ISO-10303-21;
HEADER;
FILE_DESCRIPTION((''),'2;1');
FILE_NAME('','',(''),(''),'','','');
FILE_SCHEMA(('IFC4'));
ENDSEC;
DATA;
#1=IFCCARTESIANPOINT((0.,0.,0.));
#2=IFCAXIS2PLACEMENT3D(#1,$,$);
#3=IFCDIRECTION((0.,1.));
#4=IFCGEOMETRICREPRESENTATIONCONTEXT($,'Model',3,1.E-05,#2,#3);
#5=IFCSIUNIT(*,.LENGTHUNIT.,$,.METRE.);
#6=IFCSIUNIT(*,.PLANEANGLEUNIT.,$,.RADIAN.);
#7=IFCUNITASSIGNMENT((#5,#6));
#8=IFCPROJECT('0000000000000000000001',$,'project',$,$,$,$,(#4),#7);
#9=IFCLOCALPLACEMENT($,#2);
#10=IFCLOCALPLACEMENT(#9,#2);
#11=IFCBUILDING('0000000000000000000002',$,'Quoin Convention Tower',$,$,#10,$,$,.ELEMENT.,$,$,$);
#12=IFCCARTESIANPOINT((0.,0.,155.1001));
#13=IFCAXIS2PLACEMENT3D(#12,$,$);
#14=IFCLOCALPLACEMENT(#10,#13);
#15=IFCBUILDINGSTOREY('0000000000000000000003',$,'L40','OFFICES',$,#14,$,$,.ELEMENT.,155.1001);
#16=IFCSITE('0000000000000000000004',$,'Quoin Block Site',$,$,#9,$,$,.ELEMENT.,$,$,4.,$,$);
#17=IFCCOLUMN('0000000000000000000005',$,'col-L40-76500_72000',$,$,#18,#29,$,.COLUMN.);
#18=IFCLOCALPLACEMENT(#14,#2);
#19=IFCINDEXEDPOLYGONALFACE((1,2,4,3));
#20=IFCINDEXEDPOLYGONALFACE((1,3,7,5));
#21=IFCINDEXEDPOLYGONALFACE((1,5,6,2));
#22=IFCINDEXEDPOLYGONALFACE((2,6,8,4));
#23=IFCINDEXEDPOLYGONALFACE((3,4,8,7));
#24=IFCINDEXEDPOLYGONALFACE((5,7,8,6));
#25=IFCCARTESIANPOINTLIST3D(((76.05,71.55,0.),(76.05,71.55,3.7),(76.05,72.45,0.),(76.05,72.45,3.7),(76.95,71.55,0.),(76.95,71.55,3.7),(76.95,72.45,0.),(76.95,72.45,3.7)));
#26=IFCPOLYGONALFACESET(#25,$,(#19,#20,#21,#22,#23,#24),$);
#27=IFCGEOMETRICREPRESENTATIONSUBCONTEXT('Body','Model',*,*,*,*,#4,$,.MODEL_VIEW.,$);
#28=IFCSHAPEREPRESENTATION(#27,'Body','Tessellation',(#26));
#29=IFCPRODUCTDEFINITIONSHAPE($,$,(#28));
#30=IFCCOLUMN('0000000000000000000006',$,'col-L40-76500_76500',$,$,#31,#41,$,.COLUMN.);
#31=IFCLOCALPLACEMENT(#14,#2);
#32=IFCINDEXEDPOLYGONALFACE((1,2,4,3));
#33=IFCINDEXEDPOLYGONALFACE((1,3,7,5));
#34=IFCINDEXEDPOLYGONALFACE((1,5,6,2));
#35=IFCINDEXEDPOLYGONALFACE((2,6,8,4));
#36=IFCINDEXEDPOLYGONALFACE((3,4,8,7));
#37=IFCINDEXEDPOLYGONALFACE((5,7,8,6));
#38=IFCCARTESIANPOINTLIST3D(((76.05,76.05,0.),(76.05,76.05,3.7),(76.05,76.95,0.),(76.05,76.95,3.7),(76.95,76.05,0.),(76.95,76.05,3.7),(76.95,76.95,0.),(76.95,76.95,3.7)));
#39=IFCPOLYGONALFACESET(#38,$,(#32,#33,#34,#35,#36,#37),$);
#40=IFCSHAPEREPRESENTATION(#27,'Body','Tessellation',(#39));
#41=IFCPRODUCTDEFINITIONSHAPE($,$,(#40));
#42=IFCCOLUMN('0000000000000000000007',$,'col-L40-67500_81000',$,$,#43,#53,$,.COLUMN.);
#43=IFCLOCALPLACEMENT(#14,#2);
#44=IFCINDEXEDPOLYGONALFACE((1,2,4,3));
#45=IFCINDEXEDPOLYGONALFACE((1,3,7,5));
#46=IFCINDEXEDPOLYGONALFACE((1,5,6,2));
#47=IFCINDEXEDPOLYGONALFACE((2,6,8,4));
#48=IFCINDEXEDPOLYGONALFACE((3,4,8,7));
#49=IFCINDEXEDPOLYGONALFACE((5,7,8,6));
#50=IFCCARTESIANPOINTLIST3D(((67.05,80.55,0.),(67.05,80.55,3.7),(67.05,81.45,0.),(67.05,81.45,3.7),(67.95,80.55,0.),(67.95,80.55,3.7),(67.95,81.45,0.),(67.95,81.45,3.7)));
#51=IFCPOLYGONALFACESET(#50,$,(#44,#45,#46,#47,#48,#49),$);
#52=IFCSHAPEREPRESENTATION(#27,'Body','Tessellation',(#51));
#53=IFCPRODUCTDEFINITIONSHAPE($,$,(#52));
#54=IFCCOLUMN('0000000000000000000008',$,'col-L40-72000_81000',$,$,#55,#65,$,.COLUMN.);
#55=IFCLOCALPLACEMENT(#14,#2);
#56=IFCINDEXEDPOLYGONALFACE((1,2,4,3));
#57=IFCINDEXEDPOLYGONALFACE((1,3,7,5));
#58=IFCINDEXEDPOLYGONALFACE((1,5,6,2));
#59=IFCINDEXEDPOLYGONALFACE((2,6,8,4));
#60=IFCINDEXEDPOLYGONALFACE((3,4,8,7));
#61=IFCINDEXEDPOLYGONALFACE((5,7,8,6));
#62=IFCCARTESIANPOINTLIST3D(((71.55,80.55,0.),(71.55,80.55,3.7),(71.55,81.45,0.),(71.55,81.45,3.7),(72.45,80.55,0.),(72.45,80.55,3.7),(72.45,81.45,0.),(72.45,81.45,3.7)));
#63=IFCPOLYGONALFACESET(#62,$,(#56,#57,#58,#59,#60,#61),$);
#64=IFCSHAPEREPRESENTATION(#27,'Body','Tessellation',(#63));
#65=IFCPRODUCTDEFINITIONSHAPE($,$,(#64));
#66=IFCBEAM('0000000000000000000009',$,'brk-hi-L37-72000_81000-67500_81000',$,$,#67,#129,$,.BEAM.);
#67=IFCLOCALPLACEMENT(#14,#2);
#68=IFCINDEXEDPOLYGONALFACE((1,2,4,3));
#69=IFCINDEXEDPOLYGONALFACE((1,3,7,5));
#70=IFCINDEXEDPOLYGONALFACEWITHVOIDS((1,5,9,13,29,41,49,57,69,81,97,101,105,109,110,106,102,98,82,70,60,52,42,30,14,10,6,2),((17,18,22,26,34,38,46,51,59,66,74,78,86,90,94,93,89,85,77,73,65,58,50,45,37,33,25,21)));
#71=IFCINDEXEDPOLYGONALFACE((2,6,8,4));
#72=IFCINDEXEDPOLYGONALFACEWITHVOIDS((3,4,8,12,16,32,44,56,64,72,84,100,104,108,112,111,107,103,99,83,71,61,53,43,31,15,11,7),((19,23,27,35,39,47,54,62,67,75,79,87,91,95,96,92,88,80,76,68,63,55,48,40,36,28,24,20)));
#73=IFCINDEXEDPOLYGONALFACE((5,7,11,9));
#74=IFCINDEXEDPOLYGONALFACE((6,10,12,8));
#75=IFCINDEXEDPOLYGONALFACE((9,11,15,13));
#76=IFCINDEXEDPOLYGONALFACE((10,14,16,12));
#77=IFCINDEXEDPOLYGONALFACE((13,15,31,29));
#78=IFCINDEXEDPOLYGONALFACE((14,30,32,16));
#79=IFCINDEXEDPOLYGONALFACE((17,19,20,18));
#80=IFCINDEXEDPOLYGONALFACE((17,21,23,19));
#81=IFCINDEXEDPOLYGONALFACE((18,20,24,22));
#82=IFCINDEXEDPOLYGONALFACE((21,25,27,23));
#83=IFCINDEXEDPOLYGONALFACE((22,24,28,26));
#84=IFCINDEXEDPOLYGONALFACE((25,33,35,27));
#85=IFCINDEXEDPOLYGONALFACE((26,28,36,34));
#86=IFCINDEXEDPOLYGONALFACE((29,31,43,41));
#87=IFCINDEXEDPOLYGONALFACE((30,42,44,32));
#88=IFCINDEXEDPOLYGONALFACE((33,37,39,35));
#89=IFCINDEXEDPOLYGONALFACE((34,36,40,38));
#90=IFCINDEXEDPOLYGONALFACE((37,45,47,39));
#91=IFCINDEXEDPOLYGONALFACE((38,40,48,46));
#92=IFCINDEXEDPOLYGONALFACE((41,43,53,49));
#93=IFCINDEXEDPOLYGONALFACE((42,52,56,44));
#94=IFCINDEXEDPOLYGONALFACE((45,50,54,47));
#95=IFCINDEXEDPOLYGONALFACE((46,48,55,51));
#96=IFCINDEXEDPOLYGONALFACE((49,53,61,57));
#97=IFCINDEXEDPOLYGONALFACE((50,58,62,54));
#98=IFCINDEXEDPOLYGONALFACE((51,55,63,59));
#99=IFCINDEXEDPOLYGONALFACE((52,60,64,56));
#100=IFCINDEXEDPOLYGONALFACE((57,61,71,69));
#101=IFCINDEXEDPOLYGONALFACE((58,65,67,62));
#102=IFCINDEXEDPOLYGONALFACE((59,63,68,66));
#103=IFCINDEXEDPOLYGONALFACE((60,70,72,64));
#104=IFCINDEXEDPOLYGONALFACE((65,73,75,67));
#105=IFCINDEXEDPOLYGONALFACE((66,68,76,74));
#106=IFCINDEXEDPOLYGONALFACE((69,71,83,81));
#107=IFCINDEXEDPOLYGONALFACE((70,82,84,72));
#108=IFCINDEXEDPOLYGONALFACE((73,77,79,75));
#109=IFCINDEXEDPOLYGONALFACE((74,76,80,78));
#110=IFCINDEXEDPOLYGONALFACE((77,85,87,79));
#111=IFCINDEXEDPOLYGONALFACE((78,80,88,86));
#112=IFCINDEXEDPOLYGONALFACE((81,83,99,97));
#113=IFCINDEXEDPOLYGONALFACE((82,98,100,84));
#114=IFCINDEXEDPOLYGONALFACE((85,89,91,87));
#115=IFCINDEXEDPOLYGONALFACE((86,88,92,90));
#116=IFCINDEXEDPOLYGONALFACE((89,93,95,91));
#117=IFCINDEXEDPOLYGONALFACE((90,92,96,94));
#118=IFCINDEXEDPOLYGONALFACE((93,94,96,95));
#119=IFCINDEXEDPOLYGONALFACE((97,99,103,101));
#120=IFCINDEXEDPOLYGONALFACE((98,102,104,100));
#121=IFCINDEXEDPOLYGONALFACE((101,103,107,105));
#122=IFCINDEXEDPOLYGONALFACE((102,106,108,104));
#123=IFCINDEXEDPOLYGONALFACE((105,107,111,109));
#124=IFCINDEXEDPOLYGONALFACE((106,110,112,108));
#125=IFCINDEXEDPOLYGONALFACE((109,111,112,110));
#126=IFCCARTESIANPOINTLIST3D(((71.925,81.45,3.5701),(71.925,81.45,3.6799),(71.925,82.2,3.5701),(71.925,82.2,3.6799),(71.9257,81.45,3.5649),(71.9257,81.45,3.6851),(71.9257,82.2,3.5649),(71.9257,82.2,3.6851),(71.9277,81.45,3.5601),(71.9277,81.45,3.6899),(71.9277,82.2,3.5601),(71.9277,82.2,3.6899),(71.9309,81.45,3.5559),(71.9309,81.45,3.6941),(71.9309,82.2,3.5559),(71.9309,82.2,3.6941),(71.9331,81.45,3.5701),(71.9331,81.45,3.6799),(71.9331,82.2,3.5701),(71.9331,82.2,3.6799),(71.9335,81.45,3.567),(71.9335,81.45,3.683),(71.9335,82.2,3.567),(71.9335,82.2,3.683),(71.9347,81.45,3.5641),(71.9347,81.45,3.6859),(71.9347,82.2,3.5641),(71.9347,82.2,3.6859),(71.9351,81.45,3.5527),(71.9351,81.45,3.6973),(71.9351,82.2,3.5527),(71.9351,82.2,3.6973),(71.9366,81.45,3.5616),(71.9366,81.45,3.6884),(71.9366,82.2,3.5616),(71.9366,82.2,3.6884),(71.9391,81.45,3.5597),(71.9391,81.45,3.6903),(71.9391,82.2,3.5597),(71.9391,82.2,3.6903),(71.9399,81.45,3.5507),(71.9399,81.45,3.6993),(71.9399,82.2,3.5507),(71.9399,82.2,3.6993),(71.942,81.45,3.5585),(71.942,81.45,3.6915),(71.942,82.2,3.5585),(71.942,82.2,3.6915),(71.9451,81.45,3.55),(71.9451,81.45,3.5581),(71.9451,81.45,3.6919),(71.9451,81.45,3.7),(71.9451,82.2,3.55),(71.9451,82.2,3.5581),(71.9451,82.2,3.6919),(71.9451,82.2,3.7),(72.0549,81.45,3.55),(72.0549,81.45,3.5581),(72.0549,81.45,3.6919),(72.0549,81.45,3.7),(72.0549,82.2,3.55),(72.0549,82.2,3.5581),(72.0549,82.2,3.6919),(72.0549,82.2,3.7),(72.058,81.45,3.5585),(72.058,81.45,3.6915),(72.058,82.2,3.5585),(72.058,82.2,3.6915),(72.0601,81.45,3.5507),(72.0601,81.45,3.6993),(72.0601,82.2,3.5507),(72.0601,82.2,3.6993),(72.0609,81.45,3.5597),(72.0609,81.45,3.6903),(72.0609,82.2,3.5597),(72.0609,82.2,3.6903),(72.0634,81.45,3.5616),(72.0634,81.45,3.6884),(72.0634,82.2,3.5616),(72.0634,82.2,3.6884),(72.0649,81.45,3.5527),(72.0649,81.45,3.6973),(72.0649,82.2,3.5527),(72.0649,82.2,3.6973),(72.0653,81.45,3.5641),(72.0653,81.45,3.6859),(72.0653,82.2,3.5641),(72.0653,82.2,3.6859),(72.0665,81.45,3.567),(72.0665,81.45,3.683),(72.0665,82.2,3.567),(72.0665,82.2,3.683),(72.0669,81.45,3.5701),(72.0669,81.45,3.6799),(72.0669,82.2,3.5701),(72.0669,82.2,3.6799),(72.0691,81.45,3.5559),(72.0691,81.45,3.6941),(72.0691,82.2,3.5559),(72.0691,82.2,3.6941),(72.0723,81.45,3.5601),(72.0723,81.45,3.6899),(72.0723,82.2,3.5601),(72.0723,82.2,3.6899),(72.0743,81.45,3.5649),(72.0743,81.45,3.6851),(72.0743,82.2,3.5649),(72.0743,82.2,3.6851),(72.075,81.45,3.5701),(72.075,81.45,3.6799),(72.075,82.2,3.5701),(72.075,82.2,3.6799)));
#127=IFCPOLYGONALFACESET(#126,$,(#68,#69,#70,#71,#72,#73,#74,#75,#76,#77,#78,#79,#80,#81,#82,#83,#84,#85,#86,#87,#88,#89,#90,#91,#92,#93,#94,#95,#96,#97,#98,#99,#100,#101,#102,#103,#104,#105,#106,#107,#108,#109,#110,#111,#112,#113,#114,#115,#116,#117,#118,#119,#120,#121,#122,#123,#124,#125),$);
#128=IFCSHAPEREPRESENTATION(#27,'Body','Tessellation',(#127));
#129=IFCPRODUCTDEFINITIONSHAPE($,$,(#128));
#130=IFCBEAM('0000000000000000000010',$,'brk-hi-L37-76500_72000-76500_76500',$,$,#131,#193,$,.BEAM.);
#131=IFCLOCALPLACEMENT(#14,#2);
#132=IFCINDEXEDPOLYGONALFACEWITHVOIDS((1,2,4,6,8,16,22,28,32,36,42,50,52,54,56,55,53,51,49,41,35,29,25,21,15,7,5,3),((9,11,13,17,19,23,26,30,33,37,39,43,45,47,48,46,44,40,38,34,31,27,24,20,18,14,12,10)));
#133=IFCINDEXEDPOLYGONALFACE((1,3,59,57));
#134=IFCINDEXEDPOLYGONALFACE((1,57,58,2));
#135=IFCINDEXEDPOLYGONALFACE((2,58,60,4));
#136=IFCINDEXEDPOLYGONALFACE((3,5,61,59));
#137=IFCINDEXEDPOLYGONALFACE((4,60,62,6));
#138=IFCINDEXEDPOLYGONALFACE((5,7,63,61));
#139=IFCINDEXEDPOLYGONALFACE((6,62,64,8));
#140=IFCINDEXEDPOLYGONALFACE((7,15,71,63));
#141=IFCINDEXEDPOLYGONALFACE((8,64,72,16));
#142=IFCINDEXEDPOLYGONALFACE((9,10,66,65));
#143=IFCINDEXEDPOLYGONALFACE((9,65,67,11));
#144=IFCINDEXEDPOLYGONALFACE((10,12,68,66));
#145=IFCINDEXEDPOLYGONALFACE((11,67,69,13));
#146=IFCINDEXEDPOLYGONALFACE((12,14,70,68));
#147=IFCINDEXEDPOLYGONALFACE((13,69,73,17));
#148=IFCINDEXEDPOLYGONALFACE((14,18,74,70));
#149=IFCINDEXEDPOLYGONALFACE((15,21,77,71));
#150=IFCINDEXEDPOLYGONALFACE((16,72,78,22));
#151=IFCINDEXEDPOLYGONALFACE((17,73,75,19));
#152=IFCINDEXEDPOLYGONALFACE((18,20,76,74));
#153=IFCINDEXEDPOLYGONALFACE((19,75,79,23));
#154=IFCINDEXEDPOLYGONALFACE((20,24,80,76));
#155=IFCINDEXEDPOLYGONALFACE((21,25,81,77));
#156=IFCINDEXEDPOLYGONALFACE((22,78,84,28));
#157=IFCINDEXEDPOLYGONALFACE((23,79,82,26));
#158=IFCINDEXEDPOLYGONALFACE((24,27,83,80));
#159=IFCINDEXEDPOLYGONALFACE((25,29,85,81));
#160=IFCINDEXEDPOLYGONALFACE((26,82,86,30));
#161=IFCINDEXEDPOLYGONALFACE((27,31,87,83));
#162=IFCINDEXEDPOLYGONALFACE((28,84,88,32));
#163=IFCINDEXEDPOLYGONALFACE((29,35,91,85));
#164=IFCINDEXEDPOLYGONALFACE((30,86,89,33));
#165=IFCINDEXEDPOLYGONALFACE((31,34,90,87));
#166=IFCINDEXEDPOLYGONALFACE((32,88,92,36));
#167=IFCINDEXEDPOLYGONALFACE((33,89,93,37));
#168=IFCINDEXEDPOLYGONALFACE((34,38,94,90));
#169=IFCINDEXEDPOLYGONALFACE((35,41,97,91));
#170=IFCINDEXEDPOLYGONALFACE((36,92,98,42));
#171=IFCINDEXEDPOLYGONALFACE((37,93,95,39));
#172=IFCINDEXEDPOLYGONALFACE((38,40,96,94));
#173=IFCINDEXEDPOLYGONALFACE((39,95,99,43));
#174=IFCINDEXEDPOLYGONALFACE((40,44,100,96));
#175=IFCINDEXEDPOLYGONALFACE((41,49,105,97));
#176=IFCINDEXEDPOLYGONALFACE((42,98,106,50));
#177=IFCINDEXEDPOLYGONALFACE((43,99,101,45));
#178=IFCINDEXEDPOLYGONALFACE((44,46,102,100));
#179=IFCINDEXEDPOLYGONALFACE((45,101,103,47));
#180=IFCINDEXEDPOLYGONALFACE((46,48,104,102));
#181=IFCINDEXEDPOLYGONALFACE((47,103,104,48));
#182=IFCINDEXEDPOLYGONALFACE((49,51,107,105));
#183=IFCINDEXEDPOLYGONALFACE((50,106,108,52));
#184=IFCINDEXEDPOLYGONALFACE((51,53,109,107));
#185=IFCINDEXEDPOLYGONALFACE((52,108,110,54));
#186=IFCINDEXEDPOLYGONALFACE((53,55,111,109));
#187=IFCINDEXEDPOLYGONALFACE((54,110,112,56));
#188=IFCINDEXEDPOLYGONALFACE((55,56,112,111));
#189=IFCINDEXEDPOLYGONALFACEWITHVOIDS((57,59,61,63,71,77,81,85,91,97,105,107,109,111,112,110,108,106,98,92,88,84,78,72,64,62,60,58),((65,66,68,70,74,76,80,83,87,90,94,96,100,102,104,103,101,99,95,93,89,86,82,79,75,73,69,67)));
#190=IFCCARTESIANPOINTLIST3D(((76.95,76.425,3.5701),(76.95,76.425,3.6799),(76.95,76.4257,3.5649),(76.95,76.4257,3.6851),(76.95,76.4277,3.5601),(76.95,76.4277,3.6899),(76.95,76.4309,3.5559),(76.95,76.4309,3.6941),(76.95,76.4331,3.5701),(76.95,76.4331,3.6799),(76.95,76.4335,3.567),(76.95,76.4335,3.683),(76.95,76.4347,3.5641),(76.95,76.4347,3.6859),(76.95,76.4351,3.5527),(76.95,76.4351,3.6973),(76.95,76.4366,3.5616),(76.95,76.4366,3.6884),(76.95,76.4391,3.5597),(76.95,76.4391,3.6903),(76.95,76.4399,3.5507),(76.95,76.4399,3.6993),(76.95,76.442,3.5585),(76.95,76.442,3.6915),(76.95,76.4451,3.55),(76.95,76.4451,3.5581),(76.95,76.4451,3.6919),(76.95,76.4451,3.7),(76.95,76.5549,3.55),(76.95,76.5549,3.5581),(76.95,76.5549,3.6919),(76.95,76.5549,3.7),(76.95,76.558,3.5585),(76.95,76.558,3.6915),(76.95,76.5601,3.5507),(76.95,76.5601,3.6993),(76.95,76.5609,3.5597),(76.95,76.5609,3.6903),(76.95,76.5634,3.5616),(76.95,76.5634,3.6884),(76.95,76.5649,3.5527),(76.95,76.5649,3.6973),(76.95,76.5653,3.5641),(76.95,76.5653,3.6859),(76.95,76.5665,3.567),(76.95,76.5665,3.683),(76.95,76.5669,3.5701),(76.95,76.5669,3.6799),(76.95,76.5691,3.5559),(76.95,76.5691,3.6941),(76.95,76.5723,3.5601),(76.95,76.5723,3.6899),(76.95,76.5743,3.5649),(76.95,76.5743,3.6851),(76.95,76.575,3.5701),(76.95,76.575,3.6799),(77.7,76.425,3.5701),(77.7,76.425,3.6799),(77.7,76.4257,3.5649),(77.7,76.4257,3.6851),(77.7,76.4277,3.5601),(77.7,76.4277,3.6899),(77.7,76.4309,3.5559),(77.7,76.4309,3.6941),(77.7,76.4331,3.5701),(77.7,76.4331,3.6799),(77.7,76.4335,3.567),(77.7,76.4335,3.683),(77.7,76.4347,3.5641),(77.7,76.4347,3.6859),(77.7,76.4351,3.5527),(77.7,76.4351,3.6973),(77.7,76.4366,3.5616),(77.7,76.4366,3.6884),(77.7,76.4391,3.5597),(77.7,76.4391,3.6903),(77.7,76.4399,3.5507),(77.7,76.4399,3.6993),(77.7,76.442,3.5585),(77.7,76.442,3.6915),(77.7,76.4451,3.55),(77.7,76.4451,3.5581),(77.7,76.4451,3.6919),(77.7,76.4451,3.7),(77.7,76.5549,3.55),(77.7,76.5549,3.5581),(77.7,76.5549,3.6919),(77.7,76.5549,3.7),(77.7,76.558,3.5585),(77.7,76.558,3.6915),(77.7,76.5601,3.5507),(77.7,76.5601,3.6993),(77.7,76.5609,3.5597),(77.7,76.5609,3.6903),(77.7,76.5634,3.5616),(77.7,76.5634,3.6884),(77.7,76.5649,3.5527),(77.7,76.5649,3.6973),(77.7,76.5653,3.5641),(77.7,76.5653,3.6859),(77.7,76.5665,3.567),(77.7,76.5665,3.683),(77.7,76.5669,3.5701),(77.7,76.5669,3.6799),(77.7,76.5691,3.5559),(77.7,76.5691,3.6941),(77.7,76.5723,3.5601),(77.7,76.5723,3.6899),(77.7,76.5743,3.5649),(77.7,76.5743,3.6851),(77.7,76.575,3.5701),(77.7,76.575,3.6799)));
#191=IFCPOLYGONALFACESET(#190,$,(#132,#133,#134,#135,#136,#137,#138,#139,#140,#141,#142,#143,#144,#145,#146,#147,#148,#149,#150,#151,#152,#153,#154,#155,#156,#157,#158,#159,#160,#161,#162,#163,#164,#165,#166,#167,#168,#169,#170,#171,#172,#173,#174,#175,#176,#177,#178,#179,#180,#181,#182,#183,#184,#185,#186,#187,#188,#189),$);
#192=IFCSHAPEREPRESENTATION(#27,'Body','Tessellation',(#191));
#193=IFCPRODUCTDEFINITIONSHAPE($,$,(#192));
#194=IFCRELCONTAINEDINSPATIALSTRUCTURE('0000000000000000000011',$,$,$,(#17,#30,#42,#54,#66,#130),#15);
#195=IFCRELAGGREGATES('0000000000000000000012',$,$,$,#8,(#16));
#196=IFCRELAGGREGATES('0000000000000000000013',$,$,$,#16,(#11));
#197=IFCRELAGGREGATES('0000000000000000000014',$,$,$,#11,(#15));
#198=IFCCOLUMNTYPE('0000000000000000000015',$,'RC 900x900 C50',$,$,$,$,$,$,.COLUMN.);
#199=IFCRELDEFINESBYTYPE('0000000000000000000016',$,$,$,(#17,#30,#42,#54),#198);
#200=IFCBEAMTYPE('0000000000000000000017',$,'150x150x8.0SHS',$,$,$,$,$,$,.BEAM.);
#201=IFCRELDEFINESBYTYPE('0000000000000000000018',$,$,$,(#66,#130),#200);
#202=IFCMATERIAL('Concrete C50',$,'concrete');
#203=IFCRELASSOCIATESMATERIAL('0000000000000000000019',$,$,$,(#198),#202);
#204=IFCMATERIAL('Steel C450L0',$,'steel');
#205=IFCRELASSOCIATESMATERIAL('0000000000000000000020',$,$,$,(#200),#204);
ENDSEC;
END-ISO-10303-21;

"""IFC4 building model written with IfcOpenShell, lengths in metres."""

from ifc_helpers import new_model, si_unit, direction, frame, origin, origin_2d, place, context, subcontext, project, spatial, rectangle, hollow_rectangle, extrude, material, material_profile, profile_set, type_object, element, save


model = new_model("IFC4")

# Units and contexts
model_context = context("Model", 3, precision=1e-05, world=origin(), true_north=direction((0.0, 1.0)))
body_context = subcontext(model_context, "Body", "Model", "MODEL_VIEW")
ifc_project = project(units=[si_unit("LENGTHUNIT", "METRE"), si_unit("PLANEANGLEUNIT", "RADIAN")], contexts=[model_context])

# Site, building, storey
site_placement = place(None, origin())
site = spatial("IfcSite", under=ifc_project, at=site_placement, Name="Quoin Block Site", CompositionType="ELEMENT", RefElevation=4.0)
building_placement = place(site_placement, origin())
building = spatial("IfcBuilding", under=site, at=building_placement, Name="Quoin Convention Tower", CompositionType="ELEMENT")
storey_placement = place(building_placement, frame((0.0, 0.0, 155.1001)))
storey = spatial("IfcBuildingStorey", under=building, at=storey_placement, Name="L40", Description="OFFICES", CompositionType="ELEMENT", Elevation=155.1001)

# Columns
ifc_material_1 = material(Name="Concrete C50", Category="concrete")
ifc_material_profile_1 = material_profile(ifc_material_1, rectangle(XDim=0.8999, YDim=0.8999, at=origin_2d()), Name="RC 900x900")
ifc_profile_set_1 = profile_set([ifc_material_profile_1], Name="Concrete C50")
column_type = type_object("IfcColumnType", Name="RC 900x900 C50", PredefinedType="COLUMN", material=ifc_profile_set_1)
for number, where, z_axis, x_axis, name in (
    (1, (76.5, 72.0, 0.0), (0.0, 0.0, 1.0), (1.0, 0.0, 0.0), "col-L40-76500_72000"),
    (2, (76.5, 76.5, 0.0), (0.0, 0.0, 1.0), (1.0, 0.0, 0.0), "col-L40-76500_76500"),
    (3, (67.5, 81.0, 0.0), (0.0, 0.0, 1.0), (1.0, 0.0, 0.0), "col-L40-67500_81000"),
    (4, (72.0, 81.0, 0.0), (0.0, 0.0, 1.0), (1.0, 0.0, 0.0), "col-L40-72000_81000"),
):
    element("IfcColumn", number, at=place(storey_placement, frame(where, z_axis=z_axis, x_axis=x_axis)), inside=storey, type_object=column_type, Name=name, PredefinedType="COLUMN", context=body_context, shape_type="SweptSolid", body=[
        extrude(rectangle(XDim=0.8999, YDim=0.8999, at=origin_2d()), origin(), (0.0, 0.0, 1.0), 3.7),
    ])

# Beams
ifc_material_2 = material(Name="Steel C450L0", Category="steel")
ifc_material_profile_2 = material_profile(ifc_material_2, hollow_rectangle(XDim=0.1499, YDim=0.1499, WallThickness=0.0081, InnerFilletRadius=0.012, OuterFilletRadius=0.02, at=origin_2d()), Name="150x150x8.0SHS")
ifc_profile_set_2 = profile_set([ifc_material_profile_2], Name="Steel C450L0")
beam_type_1 = type_object("IfcBeamType", Name="150x150x8.0SHS", PredefinedType="BEAM", material=ifc_profile_set_2)
for number, where, z_axis, x_axis, name in (
    (5, (72.0, 81.45, 3.625), (0.0, 1.0, 0.0), (-1.0, 0.0, 0.0), "brk-hi-L37-72000_81000-67500_81000"),
    (6, (76.95, 76.5, 3.625), (1.0, 0.0, 0.0), (0.0, 1.0, 0.0), "brk-hi-L37-76500_72000-76500_76500"),
):
    element("IfcBeam", number, at=place(storey_placement, frame(where, z_axis=z_axis, x_axis=x_axis)), inside=storey, type_object=beam_type_1, Name=name, PredefinedType="BEAM", context=body_context, shape_type="SweptSolid", body=[
        extrude(hollow_rectangle(XDim=0.1499, YDim=0.1499, WallThickness=0.0081, InnerFilletRadius=0.012, OuterFilletRadius=0.02, at=origin_2d()), origin(), (0.0, 0.0, 1.0), 0.75),
    ])

save(model, "model.ifc")
